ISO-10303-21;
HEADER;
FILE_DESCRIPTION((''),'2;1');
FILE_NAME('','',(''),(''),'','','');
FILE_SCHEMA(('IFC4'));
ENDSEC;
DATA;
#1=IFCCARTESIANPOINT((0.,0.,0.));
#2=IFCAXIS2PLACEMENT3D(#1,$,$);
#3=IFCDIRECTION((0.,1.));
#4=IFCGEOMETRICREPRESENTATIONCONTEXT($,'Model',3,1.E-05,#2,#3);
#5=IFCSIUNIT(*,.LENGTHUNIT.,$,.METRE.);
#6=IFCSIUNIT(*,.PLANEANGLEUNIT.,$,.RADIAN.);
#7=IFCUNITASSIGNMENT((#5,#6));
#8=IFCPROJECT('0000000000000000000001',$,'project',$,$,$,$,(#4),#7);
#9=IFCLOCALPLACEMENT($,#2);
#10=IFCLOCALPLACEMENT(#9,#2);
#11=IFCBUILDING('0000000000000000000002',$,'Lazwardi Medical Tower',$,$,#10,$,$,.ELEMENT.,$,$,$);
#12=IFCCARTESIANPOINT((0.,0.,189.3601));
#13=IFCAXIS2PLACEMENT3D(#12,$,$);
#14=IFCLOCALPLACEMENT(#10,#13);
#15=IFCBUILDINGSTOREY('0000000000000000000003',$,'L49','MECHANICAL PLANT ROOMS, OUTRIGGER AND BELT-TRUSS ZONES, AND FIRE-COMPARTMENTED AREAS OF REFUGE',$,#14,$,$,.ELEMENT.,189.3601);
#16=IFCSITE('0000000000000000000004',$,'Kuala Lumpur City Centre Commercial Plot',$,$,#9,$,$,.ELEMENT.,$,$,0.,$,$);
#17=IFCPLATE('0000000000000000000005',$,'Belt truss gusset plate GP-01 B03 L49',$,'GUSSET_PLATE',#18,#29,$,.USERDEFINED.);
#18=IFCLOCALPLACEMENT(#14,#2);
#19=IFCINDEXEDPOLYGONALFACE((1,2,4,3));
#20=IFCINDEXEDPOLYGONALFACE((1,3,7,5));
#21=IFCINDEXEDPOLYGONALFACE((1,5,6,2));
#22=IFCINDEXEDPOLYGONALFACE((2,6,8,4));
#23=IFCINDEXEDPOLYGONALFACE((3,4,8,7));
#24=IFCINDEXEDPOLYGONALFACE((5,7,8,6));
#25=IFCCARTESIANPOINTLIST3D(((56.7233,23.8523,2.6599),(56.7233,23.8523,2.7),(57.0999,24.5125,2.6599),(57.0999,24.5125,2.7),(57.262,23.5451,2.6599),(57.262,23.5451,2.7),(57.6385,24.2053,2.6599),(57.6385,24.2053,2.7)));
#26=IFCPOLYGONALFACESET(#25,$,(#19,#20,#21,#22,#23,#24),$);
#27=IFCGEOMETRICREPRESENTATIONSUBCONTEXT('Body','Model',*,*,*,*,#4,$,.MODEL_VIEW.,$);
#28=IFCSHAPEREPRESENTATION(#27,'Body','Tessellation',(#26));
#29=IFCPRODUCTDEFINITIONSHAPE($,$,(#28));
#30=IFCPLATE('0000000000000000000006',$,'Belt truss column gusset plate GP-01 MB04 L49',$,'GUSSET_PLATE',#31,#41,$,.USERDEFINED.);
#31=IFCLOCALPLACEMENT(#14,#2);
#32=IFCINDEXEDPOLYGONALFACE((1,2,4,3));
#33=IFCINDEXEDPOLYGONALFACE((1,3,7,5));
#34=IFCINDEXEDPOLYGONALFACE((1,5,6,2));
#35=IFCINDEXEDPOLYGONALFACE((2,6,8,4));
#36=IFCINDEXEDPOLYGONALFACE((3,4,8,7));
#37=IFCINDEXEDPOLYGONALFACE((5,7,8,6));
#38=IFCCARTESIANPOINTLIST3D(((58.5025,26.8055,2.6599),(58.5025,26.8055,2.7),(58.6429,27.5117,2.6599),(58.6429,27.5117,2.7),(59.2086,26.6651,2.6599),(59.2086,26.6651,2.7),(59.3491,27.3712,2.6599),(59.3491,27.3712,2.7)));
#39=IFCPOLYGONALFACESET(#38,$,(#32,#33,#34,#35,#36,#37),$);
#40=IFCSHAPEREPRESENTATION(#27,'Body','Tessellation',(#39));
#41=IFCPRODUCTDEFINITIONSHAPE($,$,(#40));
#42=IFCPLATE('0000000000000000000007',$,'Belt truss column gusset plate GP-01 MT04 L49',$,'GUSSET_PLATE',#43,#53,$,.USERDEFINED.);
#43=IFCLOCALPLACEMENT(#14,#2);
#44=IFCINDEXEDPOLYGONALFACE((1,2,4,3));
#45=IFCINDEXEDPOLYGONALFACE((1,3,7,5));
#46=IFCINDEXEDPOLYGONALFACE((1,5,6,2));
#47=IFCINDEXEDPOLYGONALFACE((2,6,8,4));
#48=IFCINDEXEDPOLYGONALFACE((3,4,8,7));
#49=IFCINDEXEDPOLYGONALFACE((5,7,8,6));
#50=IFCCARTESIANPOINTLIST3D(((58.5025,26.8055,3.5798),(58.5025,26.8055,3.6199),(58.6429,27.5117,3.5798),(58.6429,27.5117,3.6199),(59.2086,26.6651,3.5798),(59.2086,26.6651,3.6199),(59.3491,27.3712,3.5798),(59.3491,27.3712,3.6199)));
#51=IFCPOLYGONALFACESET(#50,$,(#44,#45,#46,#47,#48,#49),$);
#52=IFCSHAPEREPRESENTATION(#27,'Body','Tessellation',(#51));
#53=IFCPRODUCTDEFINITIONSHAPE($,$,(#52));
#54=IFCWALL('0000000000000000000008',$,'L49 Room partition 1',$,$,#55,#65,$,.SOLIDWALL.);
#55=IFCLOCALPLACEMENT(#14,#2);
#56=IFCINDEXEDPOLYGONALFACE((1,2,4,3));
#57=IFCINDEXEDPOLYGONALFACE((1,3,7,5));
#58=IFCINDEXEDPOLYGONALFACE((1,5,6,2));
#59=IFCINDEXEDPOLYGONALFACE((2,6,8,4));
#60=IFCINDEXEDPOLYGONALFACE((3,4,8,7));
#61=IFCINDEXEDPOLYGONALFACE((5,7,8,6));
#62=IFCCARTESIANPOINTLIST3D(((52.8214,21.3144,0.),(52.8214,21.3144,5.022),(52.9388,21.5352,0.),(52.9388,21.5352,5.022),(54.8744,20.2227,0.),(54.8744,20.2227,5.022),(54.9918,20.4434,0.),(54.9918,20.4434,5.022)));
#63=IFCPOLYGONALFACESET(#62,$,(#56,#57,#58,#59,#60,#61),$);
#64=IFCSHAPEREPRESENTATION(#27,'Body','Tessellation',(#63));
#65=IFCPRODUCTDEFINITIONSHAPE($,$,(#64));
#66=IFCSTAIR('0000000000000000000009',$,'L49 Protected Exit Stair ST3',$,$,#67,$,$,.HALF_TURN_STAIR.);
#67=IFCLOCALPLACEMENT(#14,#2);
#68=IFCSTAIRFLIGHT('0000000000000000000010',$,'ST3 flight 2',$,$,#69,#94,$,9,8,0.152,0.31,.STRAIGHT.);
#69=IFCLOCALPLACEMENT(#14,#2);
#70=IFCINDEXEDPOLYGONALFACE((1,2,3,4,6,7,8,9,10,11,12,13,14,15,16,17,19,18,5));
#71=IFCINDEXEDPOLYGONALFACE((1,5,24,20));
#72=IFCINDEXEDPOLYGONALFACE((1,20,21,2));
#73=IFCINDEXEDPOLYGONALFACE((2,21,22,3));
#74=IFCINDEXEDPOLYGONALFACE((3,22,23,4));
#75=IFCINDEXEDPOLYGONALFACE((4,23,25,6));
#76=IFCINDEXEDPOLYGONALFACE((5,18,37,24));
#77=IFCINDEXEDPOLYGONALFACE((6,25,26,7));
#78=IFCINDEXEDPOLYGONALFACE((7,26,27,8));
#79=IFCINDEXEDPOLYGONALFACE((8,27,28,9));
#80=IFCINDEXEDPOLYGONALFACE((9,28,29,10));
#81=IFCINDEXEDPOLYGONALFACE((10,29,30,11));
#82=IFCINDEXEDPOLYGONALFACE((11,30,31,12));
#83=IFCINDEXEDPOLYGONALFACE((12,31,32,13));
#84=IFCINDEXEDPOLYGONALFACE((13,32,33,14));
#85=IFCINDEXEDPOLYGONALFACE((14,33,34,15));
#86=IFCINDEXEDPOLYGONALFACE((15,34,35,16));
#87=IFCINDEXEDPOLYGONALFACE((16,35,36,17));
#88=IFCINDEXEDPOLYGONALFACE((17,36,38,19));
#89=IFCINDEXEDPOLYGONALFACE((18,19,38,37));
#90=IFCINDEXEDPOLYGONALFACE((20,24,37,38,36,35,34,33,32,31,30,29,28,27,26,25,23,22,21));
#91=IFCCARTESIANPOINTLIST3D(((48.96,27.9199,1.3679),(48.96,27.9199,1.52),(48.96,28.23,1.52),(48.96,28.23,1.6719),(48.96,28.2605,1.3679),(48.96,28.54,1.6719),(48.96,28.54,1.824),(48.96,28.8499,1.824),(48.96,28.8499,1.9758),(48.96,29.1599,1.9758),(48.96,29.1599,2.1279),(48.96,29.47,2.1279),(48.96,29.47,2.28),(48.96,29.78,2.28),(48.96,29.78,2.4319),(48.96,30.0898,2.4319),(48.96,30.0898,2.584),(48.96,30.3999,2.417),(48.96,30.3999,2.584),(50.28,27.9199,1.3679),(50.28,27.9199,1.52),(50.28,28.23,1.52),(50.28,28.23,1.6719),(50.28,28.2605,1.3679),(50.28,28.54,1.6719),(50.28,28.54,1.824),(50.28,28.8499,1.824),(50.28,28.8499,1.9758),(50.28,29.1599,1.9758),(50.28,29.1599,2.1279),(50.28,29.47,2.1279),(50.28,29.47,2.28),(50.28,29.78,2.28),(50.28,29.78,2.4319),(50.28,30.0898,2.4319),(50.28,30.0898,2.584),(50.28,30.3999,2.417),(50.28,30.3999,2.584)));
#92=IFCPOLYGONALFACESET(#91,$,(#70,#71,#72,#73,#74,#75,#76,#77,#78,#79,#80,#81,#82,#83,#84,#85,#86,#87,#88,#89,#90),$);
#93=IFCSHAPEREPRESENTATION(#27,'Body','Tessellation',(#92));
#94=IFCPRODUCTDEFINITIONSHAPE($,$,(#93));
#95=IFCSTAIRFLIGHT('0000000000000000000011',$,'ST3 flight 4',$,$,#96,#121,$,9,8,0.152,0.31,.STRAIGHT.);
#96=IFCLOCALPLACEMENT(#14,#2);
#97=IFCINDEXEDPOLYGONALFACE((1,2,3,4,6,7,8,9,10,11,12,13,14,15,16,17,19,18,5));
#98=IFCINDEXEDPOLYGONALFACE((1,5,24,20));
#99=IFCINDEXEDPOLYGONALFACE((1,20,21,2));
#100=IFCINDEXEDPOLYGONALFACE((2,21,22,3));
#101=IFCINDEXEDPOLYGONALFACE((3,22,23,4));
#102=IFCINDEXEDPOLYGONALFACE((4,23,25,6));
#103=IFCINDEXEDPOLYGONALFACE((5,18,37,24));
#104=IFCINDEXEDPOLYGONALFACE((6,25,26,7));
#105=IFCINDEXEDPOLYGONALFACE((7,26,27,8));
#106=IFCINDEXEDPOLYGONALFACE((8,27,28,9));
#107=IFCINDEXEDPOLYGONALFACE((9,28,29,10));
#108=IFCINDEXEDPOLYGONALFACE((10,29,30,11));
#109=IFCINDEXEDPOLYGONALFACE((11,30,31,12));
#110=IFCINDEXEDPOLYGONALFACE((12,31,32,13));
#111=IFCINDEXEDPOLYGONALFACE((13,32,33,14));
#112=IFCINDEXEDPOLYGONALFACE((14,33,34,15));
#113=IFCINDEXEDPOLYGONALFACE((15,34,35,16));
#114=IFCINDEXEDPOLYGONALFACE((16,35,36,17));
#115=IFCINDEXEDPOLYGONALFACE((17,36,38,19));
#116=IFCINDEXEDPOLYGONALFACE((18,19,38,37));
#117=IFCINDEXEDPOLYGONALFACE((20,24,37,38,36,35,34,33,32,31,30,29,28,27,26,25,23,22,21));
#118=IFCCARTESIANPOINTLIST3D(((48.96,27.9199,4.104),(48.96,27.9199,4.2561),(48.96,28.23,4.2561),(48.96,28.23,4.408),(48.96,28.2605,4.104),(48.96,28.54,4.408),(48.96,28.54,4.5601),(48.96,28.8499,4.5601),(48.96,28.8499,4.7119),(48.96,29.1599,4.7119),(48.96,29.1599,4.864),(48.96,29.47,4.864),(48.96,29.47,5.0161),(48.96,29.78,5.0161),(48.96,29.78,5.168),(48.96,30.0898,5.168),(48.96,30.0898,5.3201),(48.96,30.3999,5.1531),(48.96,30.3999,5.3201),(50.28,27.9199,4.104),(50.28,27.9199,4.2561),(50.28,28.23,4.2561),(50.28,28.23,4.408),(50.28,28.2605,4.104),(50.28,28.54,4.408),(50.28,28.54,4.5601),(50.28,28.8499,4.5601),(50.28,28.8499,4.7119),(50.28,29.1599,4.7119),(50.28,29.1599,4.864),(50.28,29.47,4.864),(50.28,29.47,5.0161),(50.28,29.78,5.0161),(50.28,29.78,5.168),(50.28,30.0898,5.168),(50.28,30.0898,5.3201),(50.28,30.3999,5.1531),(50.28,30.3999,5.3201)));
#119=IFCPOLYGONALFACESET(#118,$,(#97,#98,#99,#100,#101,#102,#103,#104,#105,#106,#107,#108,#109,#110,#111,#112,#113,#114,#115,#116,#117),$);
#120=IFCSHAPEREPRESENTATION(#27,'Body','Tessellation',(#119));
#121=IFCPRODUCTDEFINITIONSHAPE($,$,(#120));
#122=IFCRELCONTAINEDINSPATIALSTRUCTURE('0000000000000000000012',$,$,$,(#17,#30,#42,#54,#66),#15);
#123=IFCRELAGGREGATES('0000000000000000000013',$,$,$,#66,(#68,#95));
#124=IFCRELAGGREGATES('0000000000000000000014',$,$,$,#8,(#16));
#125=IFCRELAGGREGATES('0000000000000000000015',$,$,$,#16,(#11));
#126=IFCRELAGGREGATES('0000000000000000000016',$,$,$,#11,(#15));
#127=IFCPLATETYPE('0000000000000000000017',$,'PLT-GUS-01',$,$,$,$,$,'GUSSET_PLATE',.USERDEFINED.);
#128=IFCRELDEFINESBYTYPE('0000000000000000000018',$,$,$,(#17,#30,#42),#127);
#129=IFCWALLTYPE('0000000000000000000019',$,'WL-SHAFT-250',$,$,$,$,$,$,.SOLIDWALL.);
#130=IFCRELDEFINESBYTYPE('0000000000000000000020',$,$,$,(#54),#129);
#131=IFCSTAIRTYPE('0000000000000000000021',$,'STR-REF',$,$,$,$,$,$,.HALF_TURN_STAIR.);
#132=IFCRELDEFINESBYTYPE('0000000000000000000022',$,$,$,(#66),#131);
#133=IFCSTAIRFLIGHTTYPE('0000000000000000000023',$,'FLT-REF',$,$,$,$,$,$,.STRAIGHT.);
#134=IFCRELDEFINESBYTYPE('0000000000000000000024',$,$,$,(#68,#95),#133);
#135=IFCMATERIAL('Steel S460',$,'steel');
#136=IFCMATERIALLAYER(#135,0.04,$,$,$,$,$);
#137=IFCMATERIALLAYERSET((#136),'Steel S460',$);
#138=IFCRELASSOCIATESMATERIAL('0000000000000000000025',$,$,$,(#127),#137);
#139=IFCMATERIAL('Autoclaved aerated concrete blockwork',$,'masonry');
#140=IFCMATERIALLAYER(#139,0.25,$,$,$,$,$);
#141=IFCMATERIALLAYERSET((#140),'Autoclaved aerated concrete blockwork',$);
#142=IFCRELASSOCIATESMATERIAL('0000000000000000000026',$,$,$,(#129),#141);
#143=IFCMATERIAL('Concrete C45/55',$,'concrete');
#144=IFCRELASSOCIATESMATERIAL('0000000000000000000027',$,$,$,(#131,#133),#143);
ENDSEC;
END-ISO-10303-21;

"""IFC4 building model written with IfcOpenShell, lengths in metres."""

from ifc_helpers import new_model, si_unit, direction, frame, frame_2d, origin, origin_2d, place, context, subcontext, project, spatial, polyline, rectangle, outline, extrude, material, layer, layer_set, type_object, element, aggregate, save


model = new_model("IFC4")

# Units and contexts
model_context = context("Model", 3, precision=1e-05, world=origin(), true_north=direction((0.0, 1.0)))
body_context = subcontext(model_context, "Body", "Model", "MODEL_VIEW")
ifc_project = project(units=[si_unit("LENGTHUNIT", "METRE"), si_unit("PLANEANGLEUNIT", "RADIAN")], contexts=[model_context])

# Site, building, storey
site_placement = place(None, origin())
site = spatial("IfcSite", under=ifc_project, at=site_placement, Name="Kuala Lumpur City Centre Commercial Plot", CompositionType="ELEMENT", RefElevation=0.0)
building_placement = place(site_placement, origin())
building = spatial("IfcBuilding", under=site, at=building_placement, Name="Lazwardi Medical Tower", CompositionType="ELEMENT")
storey_placement = place(building_placement, frame((0.0, 0.0, 189.3601)))
storey = spatial("IfcBuildingStorey", under=building, at=storey_placement, Name="L49", Description="MECHANICAL PLANT ROOMS, OUTRIGGER AND BELT-TRUSS ZONES, AND FIRE-COMPARTMENTED AREAS OF REFUGE", CompositionType="ELEMENT", Elevation=189.3601)

# Shared definitions
ifc_material_1 = material(Name="Steel S460", Category="steel")

# Plates
ifc_layer_1 = layer(ifc_material_1, 0.04)
ifc_layer_set_1 = layer_set([ifc_layer_1], Name="Steel S460")
plate_type = type_object("IfcPlateType", Name="PLT-GUS-01", ElementType="GUSSET_PLATE", PredefinedType="USERDEFINED", material=ifc_layer_set_1)
for number, where, z_axis, x_axis, name in (
    (1, (57.1809, 24.0288, 2.6599), (0.0, 0.0, 1.0), (0.495459, 0.868632, 0.0), "Belt truss gusset plate GP-01 B03 L49"),
):
    element("IfcPlate", number, at=place(storey_placement, frame(where, z_axis=z_axis, x_axis=x_axis)), inside=storey, type_object=plate_type, Name=name, ObjectType="GUSSET_PLATE", PredefinedType="USERDEFINED", context=body_context, shape_type="SweptSolid", body=[
        extrude(rectangle(XDim=0.76, YDim=0.6201, at=origin_2d()), origin(), (0.0, 0.0, 1.0), 0.04),
    ])
for number, where, z_axis, x_axis, name in (
    (2, (58.9258, 27.0884, 2.6599), (0.0, 0.0, 1.0), (0.980785, -0.19509, 0.0), "Belt truss column gusset plate GP-01 MB04 L49"),
    (3, (58.9258, 27.0884, 3.5798), (0.0, 0.0, 1.0), (0.980785, -0.19509, 0.0), "Belt truss column gusset plate GP-01 MT04 L49"),
):
    element("IfcPlate", number, at=place(storey_placement, frame(where, z_axis=z_axis, x_axis=x_axis)), inside=storey, type_object=plate_type, Name=name, ObjectType="GUSSET_PLATE", PredefinedType="USERDEFINED", context=body_context, shape_type="SweptSolid", body=[
        extrude(rectangle(XDim=0.72, YDim=0.72, at=origin_2d()), origin(), (0.0, 0.0, 1.0), 0.04),
    ])

# Wall
ifc_material_2 = material(Name="Autoclaved aerated concrete blockwork", Category="masonry")
ifc_layer_2 = layer(ifc_material_2, 0.25)
ifc_layer_set_2 = layer_set([ifc_layer_2], Name="Autoclaved aerated concrete blockwork")
wall_type = type_object("IfcWallType", Name="WL-SHAFT-250", PredefinedType="SOLIDWALL", material=ifc_layer_set_2)
wall_placement = place(storey_placement, frame((52.8801, 21.4248, 0.0), z_axis=(0.0, 0.0, 1.0), x_axis=(0.88291, -0.469542, 0.0)))
element("IfcWall", 4, at=wall_placement, inside=storey, type_object=wall_type, Name="L49 Room partition 1", PredefinedType="SOLIDWALL", context=body_context, shape_type="SweptSolid", body=[
    extrude(rectangle(XDim=2.3252, YDim=0.25, at=frame_2d((1.1626, 0.0))), origin(), (0.0, 0.0, 1.0), 5.022),
])

# Stair, stair flights
ifc_material_3 = material(Name="Concrete C45/55", Category="concrete")
stair_type = type_object("IfcStairType", Name="STR-REF", PredefinedType="HALF_TURN_STAIR", material=ifc_material_3)
stair_placement = place(storey_placement, origin())
stair = element("IfcStair", 5, at=stair_placement, inside=storey, type_object=stair_type, Name="L49 Protected Exit Stair ST3", PredefinedType="HALF_TURN_STAIR")
stair_flight_type = type_object("IfcStairFlightType", Name="FLT-REF", PredefinedType="STRAIGHT", material=ifc_material_3)
stair_flight_1_placement = place(storey_placement, frame((49.6201, 27.9199, 1.3679), z_axis=(0.0, 0.0, 1.0), x_axis=(0.0, 1.0, 0.0)))
stair_flight_1 = element("IfcStairFlight", 6, at=stair_flight_1_placement, type_object=stair_flight_type, Name="ST3 flight 2", NumberOfRisers=9, NumberOfTreads=8, PredefinedType="STRAIGHT", RiserHeight=0.152, TreadLength=0.31, context=body_context, shape_type="SweptSolid", body=[
    extrude(outline(polyline([(0.0, 0.0), (0.0, 0.1521), (0.3101, 0.1521), (0.3101, 0.304), (0.6201, 0.304), (0.6201, 0.4561), (0.9299, 0.4561), (0.9299, 0.6079), (1.24, 0.6079), (1.24, 0.76), (1.55, 0.76), (1.55, 0.9121), (1.8601, 0.9121), (1.8601, 1.064), (2.1699, 1.064), (2.1699, 1.2161), (2.48, 1.2161), (2.48, 1.3679), (2.48, 1.0491), (0.3406, 0.0), (0.0, 0.0)])), frame((0.0, 0.6602, 0.0), z_axis=(0.0, -1.0, 0.0), x_axis=(1.0, 0.0, 0.0)), (0.0, 0.0, 1.0), 1.3201),
])
stair_flight_2_placement = place(storey_placement, frame((49.6201, 27.9199, 4.104), z_axis=(0.0, 0.0, 1.0), x_axis=(0.0, 1.0, 0.0)))
stair_flight_2 = element("IfcStairFlight", 7, at=stair_flight_2_placement, type_object=stair_flight_type, Name="ST3 flight 4", NumberOfRisers=9, NumberOfTreads=8, PredefinedType="STRAIGHT", RiserHeight=0.152, TreadLength=0.31, context=body_context, shape_type="SweptSolid", body=[
    extrude(outline(polyline([(0.0, 0.0), (0.0, 0.1521), (0.3101, 0.1521), (0.3101, 0.304), (0.6201, 0.304), (0.6201, 0.4561), (0.9299, 0.4561), (0.9299, 0.6079), (1.24, 0.6079), (1.24, 0.76), (1.55, 0.76), (1.55, 0.9121), (1.8601, 0.9121), (1.8601, 1.064), (2.1699, 1.064), (2.1699, 1.2161), (2.48, 1.2161), (2.48, 1.3679), (2.48, 1.0491), (0.3406, 0.0), (0.0, 0.0)])), frame((0.0, 0.6602, 0.0), z_axis=(0.0, -1.0, 0.0), x_axis=(1.0, 0.0, 0.0)), (0.0, 0.0, 1.0), 1.3201),
])
aggregate(stair, [stair_flight_1, stair_flight_2])

save(model, "model.ifc")
